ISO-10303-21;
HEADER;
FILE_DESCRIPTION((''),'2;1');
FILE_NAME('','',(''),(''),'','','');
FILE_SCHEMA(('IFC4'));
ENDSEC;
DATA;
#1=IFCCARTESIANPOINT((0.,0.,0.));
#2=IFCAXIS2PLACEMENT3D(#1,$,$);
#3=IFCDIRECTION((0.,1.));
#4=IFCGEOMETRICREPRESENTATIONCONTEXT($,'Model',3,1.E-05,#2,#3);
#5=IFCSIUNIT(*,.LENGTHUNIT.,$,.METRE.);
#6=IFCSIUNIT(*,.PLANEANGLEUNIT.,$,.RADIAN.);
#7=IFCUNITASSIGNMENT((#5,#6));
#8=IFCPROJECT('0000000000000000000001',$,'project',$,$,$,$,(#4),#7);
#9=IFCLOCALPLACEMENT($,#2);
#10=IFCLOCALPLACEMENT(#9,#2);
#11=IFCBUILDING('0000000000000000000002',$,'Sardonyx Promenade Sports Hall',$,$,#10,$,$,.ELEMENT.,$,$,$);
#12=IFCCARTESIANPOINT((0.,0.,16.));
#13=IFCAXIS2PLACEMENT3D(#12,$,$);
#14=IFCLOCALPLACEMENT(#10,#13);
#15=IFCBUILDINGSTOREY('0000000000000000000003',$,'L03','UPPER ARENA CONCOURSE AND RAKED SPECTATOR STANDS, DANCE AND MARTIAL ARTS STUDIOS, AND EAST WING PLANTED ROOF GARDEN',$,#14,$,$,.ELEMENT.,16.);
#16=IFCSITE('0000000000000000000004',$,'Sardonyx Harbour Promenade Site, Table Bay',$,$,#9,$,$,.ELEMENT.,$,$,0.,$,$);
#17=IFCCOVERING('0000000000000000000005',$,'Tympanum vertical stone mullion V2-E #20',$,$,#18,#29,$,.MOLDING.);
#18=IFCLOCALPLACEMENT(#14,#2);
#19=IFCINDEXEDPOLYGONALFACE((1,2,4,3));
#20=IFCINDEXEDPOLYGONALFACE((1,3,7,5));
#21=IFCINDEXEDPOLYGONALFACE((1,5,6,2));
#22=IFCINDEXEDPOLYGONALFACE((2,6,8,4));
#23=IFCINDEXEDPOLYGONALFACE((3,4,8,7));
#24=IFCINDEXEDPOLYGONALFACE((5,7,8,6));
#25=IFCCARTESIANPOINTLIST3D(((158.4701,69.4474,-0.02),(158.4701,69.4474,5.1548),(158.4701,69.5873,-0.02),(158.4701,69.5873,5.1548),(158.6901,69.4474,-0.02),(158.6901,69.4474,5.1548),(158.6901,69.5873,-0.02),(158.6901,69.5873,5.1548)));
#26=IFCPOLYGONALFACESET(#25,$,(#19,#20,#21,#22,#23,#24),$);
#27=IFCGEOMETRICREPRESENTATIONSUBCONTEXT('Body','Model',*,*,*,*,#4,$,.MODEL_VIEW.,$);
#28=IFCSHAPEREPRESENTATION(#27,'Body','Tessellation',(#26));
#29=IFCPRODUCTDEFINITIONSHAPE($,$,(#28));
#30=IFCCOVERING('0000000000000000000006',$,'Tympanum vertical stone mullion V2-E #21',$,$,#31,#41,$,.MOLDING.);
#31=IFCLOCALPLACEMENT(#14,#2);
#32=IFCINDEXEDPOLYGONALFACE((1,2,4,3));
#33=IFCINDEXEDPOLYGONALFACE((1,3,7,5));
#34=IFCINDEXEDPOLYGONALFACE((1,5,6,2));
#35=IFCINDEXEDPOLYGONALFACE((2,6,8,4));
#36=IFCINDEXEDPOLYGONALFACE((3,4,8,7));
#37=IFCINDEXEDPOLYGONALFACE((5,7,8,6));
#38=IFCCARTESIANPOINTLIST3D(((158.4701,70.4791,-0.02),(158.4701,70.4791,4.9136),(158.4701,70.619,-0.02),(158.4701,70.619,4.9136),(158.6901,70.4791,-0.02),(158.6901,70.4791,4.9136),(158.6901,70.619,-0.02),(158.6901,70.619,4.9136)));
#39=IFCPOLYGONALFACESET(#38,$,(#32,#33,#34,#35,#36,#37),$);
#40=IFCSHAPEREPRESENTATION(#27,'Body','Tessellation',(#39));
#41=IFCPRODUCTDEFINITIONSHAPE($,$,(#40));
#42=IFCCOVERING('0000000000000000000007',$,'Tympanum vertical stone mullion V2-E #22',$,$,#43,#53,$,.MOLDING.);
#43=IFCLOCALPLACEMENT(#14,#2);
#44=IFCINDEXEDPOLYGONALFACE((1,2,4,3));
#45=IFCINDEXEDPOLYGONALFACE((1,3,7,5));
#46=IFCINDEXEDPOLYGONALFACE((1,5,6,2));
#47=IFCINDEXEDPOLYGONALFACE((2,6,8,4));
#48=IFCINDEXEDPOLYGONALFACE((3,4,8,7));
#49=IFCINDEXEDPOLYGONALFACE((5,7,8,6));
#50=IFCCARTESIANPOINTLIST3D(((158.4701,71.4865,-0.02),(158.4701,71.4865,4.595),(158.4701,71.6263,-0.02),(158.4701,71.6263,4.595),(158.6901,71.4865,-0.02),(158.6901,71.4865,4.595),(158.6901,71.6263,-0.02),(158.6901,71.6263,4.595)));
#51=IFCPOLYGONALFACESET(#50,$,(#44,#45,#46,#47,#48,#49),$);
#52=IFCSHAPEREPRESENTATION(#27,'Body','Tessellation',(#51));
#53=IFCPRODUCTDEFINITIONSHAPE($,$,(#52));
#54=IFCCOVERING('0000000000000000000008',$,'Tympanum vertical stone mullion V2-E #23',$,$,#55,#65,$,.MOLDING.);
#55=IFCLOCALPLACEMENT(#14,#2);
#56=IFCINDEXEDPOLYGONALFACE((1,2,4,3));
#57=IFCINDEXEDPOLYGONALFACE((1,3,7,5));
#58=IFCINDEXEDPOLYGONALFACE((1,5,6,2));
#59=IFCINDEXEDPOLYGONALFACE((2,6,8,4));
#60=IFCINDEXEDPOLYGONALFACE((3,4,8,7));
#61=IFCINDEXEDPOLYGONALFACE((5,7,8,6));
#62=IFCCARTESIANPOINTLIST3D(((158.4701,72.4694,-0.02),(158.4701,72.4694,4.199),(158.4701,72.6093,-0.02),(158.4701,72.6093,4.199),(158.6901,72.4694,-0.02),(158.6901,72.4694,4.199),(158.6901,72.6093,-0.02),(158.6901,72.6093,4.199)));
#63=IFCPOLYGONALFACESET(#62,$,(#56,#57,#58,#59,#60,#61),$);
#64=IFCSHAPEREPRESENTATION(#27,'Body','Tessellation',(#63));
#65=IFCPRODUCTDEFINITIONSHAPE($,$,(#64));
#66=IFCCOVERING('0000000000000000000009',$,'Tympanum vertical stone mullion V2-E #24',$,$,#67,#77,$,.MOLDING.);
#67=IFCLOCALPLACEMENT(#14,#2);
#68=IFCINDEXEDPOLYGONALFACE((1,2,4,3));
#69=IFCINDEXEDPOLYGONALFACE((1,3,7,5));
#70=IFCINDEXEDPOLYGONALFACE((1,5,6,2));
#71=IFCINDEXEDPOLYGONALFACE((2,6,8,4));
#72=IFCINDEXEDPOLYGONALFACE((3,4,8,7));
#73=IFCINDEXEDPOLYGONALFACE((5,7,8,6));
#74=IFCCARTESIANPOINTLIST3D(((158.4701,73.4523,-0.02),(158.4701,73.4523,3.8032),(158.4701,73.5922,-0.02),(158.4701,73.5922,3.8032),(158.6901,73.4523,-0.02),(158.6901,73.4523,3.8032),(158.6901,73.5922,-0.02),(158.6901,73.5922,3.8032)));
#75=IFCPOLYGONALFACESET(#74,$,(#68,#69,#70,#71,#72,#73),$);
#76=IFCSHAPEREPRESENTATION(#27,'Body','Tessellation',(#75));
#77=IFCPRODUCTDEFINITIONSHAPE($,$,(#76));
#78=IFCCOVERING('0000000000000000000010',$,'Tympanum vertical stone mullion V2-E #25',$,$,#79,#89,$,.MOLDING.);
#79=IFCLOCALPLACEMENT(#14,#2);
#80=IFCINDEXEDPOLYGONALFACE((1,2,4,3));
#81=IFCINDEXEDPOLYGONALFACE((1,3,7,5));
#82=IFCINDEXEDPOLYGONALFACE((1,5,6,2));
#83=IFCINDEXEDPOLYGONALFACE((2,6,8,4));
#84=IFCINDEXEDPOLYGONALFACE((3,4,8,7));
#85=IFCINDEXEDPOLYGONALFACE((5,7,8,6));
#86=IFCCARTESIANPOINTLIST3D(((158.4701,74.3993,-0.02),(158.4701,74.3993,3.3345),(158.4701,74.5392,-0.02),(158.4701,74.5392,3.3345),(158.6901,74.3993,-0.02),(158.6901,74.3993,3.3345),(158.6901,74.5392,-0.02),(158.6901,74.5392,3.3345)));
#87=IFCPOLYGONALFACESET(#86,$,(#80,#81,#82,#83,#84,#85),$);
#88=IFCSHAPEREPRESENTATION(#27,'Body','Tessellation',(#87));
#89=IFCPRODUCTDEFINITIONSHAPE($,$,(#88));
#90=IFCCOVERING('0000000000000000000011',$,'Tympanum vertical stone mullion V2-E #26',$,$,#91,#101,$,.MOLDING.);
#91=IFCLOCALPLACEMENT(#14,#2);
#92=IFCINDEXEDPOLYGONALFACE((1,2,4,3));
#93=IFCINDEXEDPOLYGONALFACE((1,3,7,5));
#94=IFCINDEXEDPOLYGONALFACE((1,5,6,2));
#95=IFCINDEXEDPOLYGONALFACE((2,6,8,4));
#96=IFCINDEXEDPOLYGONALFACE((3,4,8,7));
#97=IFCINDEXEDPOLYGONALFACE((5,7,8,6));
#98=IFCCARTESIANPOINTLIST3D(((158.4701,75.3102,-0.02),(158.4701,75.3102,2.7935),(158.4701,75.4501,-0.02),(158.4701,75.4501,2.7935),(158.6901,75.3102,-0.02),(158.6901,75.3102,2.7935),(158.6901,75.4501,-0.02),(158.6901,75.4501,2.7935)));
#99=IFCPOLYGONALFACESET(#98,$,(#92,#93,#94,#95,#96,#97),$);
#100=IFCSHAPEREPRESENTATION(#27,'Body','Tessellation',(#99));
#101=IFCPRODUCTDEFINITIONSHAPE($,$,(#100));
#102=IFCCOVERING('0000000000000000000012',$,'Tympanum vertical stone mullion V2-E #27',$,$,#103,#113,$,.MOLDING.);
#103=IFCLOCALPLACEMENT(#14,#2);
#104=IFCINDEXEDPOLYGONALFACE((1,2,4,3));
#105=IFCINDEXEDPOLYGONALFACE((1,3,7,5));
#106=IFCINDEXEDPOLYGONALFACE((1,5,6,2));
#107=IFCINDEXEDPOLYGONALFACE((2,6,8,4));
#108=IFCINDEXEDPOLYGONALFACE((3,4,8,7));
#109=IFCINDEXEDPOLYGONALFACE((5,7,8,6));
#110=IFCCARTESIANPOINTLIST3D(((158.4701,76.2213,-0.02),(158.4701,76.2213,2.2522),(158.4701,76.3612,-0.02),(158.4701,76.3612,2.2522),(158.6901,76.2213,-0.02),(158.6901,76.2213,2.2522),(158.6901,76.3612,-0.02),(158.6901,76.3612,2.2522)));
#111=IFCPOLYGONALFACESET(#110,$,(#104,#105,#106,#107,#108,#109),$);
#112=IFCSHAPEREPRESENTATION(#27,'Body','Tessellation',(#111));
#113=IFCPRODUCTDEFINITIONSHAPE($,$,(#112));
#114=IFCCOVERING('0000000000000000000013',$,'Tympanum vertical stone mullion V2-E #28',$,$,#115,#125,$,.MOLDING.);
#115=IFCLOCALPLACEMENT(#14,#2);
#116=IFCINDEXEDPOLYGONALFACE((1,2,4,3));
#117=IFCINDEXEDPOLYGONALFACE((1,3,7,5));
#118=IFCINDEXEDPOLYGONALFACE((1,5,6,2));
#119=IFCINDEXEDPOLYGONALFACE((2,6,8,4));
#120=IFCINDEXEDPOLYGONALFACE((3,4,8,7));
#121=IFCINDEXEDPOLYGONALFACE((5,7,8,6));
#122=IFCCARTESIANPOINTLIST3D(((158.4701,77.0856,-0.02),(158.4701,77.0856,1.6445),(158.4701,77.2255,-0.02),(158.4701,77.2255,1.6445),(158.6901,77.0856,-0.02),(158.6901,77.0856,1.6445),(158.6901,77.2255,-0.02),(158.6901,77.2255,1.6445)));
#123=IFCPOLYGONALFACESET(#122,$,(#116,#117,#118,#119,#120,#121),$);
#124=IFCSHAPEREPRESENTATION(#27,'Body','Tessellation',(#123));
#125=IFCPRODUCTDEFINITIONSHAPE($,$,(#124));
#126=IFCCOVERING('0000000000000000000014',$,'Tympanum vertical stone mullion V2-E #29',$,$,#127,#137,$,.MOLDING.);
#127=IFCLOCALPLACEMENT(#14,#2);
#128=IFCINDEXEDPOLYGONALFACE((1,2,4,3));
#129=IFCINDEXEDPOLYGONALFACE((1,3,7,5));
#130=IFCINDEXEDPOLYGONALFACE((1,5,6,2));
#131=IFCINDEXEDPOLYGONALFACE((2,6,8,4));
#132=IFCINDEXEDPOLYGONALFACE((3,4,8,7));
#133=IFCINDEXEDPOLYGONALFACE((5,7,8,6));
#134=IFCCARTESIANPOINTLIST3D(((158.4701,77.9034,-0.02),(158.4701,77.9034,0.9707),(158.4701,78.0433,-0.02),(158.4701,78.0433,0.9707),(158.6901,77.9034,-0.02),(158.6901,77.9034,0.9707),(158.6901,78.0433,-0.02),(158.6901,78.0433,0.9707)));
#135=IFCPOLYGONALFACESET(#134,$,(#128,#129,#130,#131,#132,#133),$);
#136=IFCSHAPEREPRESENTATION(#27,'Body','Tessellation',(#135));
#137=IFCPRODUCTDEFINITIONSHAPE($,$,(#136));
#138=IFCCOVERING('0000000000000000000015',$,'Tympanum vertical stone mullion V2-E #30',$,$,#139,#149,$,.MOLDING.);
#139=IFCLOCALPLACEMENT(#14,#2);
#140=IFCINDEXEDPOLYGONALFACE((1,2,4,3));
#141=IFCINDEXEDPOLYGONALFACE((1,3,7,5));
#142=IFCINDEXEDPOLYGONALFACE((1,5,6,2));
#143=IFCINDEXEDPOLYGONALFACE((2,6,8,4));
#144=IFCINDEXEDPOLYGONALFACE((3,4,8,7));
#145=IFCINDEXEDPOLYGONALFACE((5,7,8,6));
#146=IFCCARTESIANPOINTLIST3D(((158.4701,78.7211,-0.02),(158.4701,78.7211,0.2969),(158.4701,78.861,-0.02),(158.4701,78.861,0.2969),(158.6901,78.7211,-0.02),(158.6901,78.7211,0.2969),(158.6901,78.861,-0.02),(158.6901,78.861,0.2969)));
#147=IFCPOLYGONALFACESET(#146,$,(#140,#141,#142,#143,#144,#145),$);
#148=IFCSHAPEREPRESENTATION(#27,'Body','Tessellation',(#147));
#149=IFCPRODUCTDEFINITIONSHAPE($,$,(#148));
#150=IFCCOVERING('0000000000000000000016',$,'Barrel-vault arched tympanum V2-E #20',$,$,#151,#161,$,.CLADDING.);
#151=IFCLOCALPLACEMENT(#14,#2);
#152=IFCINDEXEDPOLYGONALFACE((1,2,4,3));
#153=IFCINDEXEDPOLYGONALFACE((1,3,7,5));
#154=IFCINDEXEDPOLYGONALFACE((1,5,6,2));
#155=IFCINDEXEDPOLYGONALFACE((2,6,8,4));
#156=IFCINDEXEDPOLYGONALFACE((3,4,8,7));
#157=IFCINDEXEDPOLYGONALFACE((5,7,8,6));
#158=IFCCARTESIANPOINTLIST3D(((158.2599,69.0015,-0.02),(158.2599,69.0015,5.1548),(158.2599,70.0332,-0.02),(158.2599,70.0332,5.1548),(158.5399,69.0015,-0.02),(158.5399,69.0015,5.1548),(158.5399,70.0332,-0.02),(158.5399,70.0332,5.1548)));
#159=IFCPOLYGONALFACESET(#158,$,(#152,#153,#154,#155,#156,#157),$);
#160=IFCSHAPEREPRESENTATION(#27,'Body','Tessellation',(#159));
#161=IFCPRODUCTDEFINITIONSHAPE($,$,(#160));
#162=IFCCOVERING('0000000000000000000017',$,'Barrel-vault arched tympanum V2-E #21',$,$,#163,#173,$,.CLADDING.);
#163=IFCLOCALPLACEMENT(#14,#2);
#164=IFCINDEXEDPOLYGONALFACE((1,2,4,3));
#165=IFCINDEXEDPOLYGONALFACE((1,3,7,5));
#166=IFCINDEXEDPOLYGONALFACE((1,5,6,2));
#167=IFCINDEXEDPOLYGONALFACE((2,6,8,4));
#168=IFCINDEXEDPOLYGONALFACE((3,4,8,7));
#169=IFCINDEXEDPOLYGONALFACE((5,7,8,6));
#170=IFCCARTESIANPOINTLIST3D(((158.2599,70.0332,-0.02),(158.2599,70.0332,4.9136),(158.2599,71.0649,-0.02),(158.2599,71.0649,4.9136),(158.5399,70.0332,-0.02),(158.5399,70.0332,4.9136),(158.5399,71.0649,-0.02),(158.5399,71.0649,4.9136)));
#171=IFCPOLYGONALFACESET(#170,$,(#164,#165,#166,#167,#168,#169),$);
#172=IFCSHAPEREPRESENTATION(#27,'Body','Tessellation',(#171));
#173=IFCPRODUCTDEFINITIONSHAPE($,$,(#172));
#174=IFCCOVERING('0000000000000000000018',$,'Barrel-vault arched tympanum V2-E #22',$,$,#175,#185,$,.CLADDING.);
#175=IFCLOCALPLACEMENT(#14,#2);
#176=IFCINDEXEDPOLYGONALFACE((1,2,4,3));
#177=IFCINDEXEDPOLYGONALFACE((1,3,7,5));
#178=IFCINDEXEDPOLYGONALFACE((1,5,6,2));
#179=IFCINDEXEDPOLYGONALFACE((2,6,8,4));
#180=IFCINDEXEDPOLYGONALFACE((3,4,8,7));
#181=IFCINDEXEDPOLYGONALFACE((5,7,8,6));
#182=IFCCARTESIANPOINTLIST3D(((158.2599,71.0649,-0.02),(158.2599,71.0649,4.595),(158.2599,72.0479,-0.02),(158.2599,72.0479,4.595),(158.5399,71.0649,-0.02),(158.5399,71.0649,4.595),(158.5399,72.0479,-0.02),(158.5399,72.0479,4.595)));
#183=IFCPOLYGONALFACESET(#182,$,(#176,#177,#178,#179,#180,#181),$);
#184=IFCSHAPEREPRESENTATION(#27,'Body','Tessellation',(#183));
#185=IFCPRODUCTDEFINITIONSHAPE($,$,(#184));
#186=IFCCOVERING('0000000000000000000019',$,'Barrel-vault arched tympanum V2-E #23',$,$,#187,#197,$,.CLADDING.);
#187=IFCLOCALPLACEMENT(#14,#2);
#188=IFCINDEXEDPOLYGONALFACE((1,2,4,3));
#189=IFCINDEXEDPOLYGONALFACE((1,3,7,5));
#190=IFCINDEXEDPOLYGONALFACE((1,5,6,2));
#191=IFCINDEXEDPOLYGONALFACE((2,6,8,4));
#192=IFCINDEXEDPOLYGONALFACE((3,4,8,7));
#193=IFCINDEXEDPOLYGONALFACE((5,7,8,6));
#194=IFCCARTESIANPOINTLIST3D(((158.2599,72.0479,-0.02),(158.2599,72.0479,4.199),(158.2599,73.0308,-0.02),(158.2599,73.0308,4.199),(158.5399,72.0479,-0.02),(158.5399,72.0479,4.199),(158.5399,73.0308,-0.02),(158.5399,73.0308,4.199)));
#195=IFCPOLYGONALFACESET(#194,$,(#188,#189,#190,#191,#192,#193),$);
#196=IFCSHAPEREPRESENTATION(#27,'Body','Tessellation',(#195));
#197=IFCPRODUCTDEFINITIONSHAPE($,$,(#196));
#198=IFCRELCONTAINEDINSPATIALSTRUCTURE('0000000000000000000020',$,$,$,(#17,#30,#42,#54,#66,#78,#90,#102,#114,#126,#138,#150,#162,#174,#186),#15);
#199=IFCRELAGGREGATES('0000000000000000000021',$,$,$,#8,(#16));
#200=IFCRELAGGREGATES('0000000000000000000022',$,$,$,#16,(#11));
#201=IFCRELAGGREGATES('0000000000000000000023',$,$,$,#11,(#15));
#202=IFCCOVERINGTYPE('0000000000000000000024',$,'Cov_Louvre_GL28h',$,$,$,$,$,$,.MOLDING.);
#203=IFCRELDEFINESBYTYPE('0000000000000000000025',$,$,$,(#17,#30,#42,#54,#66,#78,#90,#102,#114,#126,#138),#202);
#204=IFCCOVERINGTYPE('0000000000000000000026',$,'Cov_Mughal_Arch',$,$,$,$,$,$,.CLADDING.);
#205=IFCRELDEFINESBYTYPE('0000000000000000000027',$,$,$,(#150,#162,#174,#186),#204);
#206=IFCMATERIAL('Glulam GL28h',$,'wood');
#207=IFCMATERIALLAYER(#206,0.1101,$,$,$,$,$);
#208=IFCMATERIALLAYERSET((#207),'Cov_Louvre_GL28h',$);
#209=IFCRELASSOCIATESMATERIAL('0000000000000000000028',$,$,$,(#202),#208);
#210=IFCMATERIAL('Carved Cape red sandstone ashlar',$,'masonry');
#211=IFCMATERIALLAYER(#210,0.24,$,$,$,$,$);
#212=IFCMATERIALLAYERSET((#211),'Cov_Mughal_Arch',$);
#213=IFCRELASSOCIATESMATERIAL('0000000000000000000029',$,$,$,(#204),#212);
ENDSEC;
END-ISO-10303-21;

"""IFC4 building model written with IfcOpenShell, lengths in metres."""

from ifc_helpers import new_model, si_unit, direction, frame, frame_2d, origin, origin_2d, place, context, subcontext, project, spatial, rectangle, extrude, material, layer, layer_set, type_object, element, save


model = new_model("IFC4")

# Units and contexts
model_context = context("Model", 3, precision=1e-05, world=origin(), true_north=direction((0.0, 1.0)))
body_context = subcontext(model_context, "Body", "Model", "MODEL_VIEW")
ifc_project = project(units=[si_unit("LENGTHUNIT", "METRE"), si_unit("PLANEANGLEUNIT", "RADIAN")], contexts=[model_context])

# Site, building, storey
site_placement = place(None, origin())
site = spatial("IfcSite", under=ifc_project, at=site_placement, Name="Sardonyx Harbour Promenade Site, Table Bay", CompositionType="ELEMENT", RefElevation=0.0)
building_placement = place(site_placement, origin())
building = spatial("IfcBuilding", under=site, at=building_placement, Name="Sardonyx Promenade Sports Hall", CompositionType="ELEMENT")
storey_placement = place(building_placement, frame((0.0, 0.0, 16.0)))
storey = spatial("IfcBuildingStorey", under=building, at=storey_placement, Name="L03", Description="UPPER ARENA CONCOURSE AND RAKED SPECTATOR STANDS, DANCE AND MARTIAL ARTS STUDIOS, AND EAST WING PLANTED ROOF GARDEN", CompositionType="ELEMENT", Elevation=16.0)

# Coverings
ifc_material_1 = material(Name="Glulam GL28h", Category="wood")
ifc_layer_1 = layer(ifc_material_1, 0.1101)
ifc_layer_set_1 = layer_set([ifc_layer_1], Name="Cov_Louvre_GL28h")
covering_type_1 = type_object("IfcCoveringType", Name="Cov_Louvre_GL28h", PredefinedType="MOLDING", material=ifc_layer_set_1)
covering_1_placement = place(storey_placement, frame((158.5801, 69.5173, -0.02), z_axis=(0.0, 0.0, 1.0), x_axis=(1.0, 0.0, 0.0)))
element("IfcCovering", 1, at=covering_1_placement, inside=storey, type_object=covering_type_1, Name="Tympanum vertical stone mullion V2-E #20", PredefinedType="MOLDING", context=body_context, shape_type="SweptSolid", body=[
    extrude(rectangle(XDim=0.22, YDim=0.1399, at=origin_2d()), origin(), (0.0, 0.0, 1.0), 5.1748),
])
covering_2_placement = place(storey_placement, frame((158.5801, 70.5491, -0.02), z_axis=(0.0, 0.0, 1.0), x_axis=(1.0, 0.0, 0.0)))
element("IfcCovering", 2, at=covering_2_placement, inside=storey, type_object=covering_type_1, Name="Tympanum vertical stone mullion V2-E #21", PredefinedType="MOLDING", context=body_context, shape_type="SweptSolid", body=[
    extrude(rectangle(XDim=0.22, YDim=0.1399, at=origin_2d()), origin(), (0.0, 0.0, 1.0), 4.9336),
])
covering_3_placement = place(storey_placement, frame((158.5801, 71.5564, -0.02), z_axis=(0.0, 0.0, 1.0), x_axis=(1.0, 0.0, 0.0)))
element("IfcCovering", 3, at=covering_3_placement, inside=storey, type_object=covering_type_1, Name="Tympanum vertical stone mullion V2-E #22", PredefinedType="MOLDING", context=body_context, shape_type="SweptSolid", body=[
    extrude(rectangle(XDim=0.22, YDim=0.1399, at=origin_2d()), origin(), (0.0, 0.0, 1.0), 4.615),
])
covering_4_placement = place(storey_placement, frame((158.5801, 72.5393, -0.02), z_axis=(0.0, 0.0, 1.0), x_axis=(1.0, 0.0, 0.0)))
element("IfcCovering", 4, at=covering_4_placement, inside=storey, type_object=covering_type_1, Name="Tympanum vertical stone mullion V2-E #23", PredefinedType="MOLDING", context=body_context, shape_type="SweptSolid", body=[
    extrude(rectangle(XDim=0.22, YDim=0.1399, at=origin_2d()), origin(), (0.0, 0.0, 1.0), 4.219),
])
covering_5_placement = place(storey_placement, frame((158.5801, 73.5222, -0.02), z_axis=(0.0, 0.0, 1.0), x_axis=(1.0, 0.0, 0.0)))
element("IfcCovering", 5, at=covering_5_placement, inside=storey, type_object=covering_type_1, Name="Tympanum vertical stone mullion V2-E #24", PredefinedType="MOLDING", context=body_context, shape_type="SweptSolid", body=[
    extrude(rectangle(XDim=0.22, YDim=0.1399, at=origin_2d()), origin(), (0.0, 0.0, 1.0), 3.8232),
])
covering_6_placement = place(storey_placement, frame((158.5801, 74.4692, -0.02), z_axis=(0.0, 0.0, 1.0), x_axis=(1.0, 0.0, 0.0)))
element("IfcCovering", 6, at=covering_6_placement, inside=storey, type_object=covering_type_1, Name="Tympanum vertical stone mullion V2-E #25", PredefinedType="MOLDING", context=body_context, shape_type="SweptSolid", body=[
    extrude(rectangle(XDim=0.22, YDim=0.1399, at=origin_2d()), origin(), (0.0, 0.0, 1.0), 3.3545),
])
covering_7_placement = place(storey_placement, frame((158.5801, 75.3801, -0.02), z_axis=(0.0, 0.0, 1.0), x_axis=(1.0, 0.0, 0.0)))
element("IfcCovering", 7, at=covering_7_placement, inside=storey, type_object=covering_type_1, Name="Tympanum vertical stone mullion V2-E #26", PredefinedType="MOLDING", context=body_context, shape_type="SweptSolid", body=[
    extrude(rectangle(XDim=0.22, YDim=0.1399, at=origin_2d()), origin(), (0.0, 0.0, 1.0), 2.8135),
])
covering_8_placement = place(storey_placement, frame((158.5801, 76.2913, -0.02), z_axis=(0.0, 0.0, 1.0), x_axis=(1.0, 0.0, 0.0)))
element("IfcCovering", 8, at=covering_8_placement, inside=storey, type_object=covering_type_1, Name="Tympanum vertical stone mullion V2-E #27", PredefinedType="MOLDING", context=body_context, shape_type="SweptSolid", body=[
    extrude(rectangle(XDim=0.22, YDim=0.1399, at=origin_2d()), origin(), (0.0, 0.0, 1.0), 2.2722),
])
covering_9_placement = place(storey_placement, frame((158.5801, 77.1555, -0.02), z_axis=(0.0, 0.0, 1.0), x_axis=(1.0, 0.0, 0.0)))
element("IfcCovering", 9, at=covering_9_placement, inside=storey, type_object=covering_type_1, Name="Tympanum vertical stone mullion V2-E #28", PredefinedType="MOLDING", context=body_context, shape_type="SweptSolid", body=[
    extrude(rectangle(XDim=0.22, YDim=0.1399, at=origin_2d()), origin(), (0.0, 0.0, 1.0), 1.6646),
])
covering_10_placement = place(storey_placement, frame((158.5801, 77.9734, -0.02), z_axis=(0.0, 0.0, 1.0), x_axis=(1.0, 0.0, 0.0)))
element("IfcCovering", 10, at=covering_10_placement, inside=storey, type_object=covering_type_1, Name="Tympanum vertical stone mullion V2-E #29", PredefinedType="MOLDING", context=body_context, shape_type="SweptSolid", body=[
    extrude(rectangle(XDim=0.22, YDim=0.1399, at=origin_2d()), origin(), (0.0, 0.0, 1.0), 0.9907),
])
covering_11_placement = place(storey_placement, frame((158.5801, 78.791, -0.02), z_axis=(0.0, 0.0, 1.0), x_axis=(1.0, 0.0, 0.0)))
element("IfcCovering", 11, at=covering_11_placement, inside=storey, type_object=covering_type_1, Name="Tympanum vertical stone mullion V2-E #30", PredefinedType="MOLDING", context=body_context, shape_type="SweptSolid", body=[
    extrude(rectangle(XDim=0.22, YDim=0.1399, at=origin_2d()), origin(), (0.0, 0.0, 1.0), 0.3169),
])
ifc_material_2 = material(Name="Carved Cape red sandstone ashlar", Category="masonry")
ifc_layer_2 = layer(ifc_material_2, 0.24)
ifc_layer_set_2 = layer_set([ifc_layer_2], Name="Cov_Mughal_Arch")
covering_type_2 = type_object("IfcCoveringType", Name="Cov_Mughal_Arch", PredefinedType="CLADDING", material=ifc_layer_set_2)
covering_12_placement = place(storey_placement, frame((158.3999, 69.0015, -0.02), z_axis=(0.0, 0.0, 1.0), x_axis=(0.0, 1.0, 0.0)))
element("IfcCovering", 12, at=covering_12_placement, inside=storey, type_object=covering_type_2, Name="Barrel-vault arched tympanum V2-E #20", PredefinedType="CLADDING", context=body_context, shape_type="SweptSolid", body=[
    extrude(rectangle(XDim=1.0317, YDim=0.28, at=frame_2d((0.5159, 0.0))), origin(), (0.0, 0.0, 1.0), 5.1748),
])
covering_13_placement = place(storey_placement, frame((158.3999, 70.0332, -0.02), z_axis=(0.0, 0.0, 1.0), x_axis=(0.0, 1.0, 0.0)))
element("IfcCovering", 13, at=covering_13_placement, inside=storey, type_object=covering_type_2, Name="Barrel-vault arched tympanum V2-E #21", PredefinedType="CLADDING", context=body_context, shape_type="SweptSolid", body=[
    extrude(rectangle(XDim=1.0317, YDim=0.28, at=frame_2d((0.5159, 0.0))), origin(), (0.0, 0.0, 1.0), 4.9336),
])
covering_14_placement = place(storey_placement, frame((158.3999, 71.0649, -0.02), z_axis=(0.0, 0.0, 1.0), x_axis=(0.0, 1.0, 0.0)))
element("IfcCovering", 14, at=covering_14_placement, inside=storey, type_object=covering_type_2, Name="Barrel-vault arched tympanum V2-E #22", PredefinedType="CLADDING", context=body_context, shape_type="SweptSolid", body=[
    extrude(rectangle(XDim=0.9829, YDim=0.28, at=frame_2d((0.4915, 0.0))), origin(), (0.0, 0.0, 1.0), 4.615),
])
covering_15_placement = place(storey_placement, frame((158.3999, 72.0479, -0.02), z_axis=(0.0, 0.0, 1.0), x_axis=(0.0, 1.0, 0.0)))
element("IfcCovering", 15, at=covering_15_placement, inside=storey, type_object=covering_type_2, Name="Barrel-vault arched tympanum V2-E #23", PredefinedType="CLADDING", context=body_context, shape_type="SweptSolid", body=[
    extrude(rectangle(XDim=0.9829, YDim=0.28, at=frame_2d((0.4915, 0.0))), origin(), (0.0, 0.0, 1.0), 4.219),
])

save(model, "model.ifc")
